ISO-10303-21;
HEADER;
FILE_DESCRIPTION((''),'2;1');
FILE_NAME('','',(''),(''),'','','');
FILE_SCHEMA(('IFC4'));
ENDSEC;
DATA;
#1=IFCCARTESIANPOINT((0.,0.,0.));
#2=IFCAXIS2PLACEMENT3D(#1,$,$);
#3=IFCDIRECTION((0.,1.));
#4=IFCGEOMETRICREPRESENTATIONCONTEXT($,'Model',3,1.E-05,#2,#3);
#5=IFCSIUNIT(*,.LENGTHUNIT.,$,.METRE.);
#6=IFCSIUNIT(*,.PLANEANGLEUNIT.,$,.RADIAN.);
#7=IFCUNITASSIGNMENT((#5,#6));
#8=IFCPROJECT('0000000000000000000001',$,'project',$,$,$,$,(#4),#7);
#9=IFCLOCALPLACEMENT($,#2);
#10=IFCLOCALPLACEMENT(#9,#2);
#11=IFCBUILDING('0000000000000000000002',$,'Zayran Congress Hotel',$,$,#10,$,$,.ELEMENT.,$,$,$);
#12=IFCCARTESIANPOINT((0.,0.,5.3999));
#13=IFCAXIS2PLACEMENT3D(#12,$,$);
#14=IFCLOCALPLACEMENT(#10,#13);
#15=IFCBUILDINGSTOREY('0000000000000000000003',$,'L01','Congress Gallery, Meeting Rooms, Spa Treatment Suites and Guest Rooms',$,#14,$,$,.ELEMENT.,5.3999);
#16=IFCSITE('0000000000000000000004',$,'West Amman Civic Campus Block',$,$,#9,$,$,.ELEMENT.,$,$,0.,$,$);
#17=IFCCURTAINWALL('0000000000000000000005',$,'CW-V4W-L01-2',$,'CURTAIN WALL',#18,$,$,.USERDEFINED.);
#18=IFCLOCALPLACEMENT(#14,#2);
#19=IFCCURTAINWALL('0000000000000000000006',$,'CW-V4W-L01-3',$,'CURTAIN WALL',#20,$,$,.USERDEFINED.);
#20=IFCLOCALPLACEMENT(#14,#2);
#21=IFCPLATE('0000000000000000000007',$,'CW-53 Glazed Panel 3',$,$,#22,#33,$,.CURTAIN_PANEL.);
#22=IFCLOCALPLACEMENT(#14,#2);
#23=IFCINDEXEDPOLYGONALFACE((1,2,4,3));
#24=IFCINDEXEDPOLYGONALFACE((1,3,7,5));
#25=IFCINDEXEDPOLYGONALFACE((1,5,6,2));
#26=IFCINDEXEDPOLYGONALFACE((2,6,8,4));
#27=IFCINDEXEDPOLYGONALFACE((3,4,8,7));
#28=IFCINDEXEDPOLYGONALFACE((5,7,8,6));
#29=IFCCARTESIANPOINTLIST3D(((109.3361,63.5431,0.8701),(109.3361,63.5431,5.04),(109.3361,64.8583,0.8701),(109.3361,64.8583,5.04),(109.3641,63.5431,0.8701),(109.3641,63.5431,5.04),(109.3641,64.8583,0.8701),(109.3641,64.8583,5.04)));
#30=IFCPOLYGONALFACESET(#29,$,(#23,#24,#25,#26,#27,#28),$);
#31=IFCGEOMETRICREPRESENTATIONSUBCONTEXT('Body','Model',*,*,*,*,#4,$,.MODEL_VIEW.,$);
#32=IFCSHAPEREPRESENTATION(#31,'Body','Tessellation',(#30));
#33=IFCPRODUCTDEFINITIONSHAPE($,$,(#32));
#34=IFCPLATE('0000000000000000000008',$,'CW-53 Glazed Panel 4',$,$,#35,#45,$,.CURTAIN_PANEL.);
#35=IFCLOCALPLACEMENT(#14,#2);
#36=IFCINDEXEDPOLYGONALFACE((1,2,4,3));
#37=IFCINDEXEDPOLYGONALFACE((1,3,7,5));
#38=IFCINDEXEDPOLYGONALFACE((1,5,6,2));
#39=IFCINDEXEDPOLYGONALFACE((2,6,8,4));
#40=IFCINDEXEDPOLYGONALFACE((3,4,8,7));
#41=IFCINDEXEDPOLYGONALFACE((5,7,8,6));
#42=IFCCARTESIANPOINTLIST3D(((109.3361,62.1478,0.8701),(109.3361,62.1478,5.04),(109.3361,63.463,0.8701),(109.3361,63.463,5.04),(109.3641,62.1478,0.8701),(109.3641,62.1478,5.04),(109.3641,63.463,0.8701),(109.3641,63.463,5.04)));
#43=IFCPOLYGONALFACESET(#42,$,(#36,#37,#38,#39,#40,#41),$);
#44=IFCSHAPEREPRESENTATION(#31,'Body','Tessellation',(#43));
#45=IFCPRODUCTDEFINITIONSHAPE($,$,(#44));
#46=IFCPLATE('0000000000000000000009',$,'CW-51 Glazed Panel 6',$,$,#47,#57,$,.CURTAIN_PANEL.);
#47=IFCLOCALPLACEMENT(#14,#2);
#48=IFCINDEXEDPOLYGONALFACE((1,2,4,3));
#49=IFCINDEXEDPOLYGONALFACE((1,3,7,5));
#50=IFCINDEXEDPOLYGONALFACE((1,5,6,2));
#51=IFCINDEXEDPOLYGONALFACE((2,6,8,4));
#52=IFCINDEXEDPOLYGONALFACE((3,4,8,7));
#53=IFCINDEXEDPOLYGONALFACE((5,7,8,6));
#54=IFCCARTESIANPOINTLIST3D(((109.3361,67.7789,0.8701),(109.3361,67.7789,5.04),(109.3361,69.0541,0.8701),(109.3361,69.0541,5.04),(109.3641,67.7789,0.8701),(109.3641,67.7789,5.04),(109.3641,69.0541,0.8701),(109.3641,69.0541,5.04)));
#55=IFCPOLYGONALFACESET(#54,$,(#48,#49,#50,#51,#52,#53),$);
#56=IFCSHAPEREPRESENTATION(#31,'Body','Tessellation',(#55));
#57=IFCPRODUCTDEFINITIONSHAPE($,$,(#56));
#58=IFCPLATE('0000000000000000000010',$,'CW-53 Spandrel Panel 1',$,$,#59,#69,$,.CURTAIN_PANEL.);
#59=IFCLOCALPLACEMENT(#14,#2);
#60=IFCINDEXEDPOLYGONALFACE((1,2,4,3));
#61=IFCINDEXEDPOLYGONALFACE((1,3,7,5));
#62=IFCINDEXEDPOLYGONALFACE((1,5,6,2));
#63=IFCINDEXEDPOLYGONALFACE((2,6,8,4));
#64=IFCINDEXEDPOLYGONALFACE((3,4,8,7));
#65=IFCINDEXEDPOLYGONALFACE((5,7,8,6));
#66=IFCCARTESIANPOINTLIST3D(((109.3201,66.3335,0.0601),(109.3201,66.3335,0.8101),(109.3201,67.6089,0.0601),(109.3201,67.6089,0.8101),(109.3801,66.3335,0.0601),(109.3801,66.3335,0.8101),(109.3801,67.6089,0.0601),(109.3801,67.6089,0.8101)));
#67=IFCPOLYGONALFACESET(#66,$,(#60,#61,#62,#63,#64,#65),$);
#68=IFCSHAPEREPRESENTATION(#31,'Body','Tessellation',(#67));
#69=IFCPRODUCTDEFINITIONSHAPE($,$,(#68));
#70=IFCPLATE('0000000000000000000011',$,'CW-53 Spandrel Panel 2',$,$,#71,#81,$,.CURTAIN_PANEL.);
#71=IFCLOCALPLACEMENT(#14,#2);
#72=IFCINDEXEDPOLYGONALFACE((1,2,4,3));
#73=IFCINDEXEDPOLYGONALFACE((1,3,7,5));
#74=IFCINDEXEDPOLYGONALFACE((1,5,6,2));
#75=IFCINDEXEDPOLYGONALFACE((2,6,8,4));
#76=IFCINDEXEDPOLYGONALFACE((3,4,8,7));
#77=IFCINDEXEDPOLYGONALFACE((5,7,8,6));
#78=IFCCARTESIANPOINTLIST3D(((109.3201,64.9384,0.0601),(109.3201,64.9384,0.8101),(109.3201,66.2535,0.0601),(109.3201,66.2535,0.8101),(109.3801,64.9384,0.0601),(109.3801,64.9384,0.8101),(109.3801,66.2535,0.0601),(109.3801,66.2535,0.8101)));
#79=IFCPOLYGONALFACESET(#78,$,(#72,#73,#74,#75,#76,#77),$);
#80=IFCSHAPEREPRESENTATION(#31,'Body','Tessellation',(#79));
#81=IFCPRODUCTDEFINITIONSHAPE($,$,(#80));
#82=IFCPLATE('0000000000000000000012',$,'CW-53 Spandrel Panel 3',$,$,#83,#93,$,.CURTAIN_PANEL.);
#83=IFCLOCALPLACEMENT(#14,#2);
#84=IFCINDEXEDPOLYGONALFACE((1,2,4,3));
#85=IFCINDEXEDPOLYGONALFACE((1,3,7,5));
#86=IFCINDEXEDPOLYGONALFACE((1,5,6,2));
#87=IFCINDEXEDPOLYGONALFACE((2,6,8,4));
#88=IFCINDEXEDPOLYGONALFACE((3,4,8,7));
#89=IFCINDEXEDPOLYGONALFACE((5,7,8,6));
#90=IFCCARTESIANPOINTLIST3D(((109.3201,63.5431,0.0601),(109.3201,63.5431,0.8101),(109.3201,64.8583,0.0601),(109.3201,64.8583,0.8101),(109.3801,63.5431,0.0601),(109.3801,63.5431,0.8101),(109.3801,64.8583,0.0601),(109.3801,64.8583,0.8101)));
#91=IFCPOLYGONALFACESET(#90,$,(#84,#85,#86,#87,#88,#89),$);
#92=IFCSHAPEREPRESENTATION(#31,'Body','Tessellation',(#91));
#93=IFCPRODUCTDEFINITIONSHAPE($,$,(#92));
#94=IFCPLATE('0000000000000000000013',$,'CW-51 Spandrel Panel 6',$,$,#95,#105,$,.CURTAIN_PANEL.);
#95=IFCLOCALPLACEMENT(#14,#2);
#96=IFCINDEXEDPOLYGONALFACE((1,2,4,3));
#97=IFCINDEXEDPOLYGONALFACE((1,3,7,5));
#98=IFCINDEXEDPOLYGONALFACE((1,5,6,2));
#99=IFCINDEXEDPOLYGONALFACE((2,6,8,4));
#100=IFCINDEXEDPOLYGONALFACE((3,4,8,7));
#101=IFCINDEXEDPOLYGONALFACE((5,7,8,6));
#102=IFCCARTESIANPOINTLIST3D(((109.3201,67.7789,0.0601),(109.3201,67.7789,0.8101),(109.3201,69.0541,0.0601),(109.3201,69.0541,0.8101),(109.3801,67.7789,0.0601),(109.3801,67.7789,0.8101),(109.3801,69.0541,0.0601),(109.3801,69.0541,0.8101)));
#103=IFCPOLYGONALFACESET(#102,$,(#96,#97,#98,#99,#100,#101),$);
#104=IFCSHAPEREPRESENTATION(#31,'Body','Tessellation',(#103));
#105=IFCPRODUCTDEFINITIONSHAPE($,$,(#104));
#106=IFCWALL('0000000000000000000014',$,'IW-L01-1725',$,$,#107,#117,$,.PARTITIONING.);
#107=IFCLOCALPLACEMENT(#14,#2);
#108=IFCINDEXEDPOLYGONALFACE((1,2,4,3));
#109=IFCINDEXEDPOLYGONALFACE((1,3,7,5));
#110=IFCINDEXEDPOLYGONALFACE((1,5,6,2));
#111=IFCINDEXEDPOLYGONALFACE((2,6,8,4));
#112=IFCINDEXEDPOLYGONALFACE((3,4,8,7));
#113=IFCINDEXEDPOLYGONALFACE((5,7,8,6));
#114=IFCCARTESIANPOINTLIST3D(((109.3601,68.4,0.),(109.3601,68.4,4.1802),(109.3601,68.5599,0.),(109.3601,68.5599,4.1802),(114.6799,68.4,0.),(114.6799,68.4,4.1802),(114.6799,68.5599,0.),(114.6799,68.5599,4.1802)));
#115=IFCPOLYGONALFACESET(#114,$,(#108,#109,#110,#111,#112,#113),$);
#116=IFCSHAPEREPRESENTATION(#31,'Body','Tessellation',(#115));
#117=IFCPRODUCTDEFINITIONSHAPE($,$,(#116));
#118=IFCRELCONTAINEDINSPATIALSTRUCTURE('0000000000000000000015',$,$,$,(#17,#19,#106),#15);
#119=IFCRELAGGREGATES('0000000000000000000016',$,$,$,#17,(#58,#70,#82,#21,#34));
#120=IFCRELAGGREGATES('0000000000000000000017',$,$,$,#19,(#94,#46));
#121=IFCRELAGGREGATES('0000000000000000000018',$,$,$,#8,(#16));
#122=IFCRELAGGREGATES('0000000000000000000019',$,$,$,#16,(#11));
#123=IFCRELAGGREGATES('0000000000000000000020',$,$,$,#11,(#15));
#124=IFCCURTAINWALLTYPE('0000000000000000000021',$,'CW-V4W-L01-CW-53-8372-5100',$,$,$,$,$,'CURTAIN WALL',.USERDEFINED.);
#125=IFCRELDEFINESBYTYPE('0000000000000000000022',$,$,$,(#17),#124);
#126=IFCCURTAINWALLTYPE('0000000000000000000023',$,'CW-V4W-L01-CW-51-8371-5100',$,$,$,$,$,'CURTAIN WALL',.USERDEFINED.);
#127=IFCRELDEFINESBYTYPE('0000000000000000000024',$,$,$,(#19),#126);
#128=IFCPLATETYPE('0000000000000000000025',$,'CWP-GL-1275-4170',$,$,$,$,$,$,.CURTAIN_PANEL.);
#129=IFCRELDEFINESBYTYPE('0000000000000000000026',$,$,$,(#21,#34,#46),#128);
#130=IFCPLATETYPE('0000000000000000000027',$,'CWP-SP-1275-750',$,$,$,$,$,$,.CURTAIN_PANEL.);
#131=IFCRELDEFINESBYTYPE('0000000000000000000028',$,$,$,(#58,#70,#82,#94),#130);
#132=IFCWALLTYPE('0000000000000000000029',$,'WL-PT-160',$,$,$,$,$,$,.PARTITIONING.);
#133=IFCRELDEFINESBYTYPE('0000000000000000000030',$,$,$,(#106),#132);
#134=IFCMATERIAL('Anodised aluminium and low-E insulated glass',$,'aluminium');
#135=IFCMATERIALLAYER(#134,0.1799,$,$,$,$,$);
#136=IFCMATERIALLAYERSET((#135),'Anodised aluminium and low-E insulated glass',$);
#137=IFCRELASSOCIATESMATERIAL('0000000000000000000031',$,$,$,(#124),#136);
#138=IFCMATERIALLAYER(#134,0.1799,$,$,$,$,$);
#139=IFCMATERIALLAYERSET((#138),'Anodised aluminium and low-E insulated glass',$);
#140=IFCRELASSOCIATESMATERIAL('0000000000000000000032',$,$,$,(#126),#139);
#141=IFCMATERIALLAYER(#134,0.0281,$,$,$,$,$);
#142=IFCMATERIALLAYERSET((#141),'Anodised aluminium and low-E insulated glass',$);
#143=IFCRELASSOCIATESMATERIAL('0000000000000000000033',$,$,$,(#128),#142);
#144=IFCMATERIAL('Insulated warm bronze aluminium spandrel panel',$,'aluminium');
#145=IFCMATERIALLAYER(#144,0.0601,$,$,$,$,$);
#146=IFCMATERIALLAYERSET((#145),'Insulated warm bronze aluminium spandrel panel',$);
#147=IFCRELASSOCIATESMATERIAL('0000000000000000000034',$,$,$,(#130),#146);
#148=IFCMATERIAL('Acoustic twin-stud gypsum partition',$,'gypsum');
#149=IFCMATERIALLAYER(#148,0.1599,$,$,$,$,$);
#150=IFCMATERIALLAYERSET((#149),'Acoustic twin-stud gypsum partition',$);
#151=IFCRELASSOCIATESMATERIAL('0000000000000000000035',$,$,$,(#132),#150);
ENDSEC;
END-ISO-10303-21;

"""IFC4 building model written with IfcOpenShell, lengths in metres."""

from ifc_helpers import new_model, si_unit, direction, frame, frame_2d, origin, origin_2d, place, context, subcontext, project, spatial, rectangle, extrude, material, layer, layer_set, type_object, element, aggregate, save


model = new_model("IFC4")

# Units and contexts
model_context = context("Model", 3, precision=1e-05, world=origin(), true_north=direction((0.0, 1.0)))
body_context = subcontext(model_context, "Body", "Model", "MODEL_VIEW")
ifc_project = project(units=[si_unit("LENGTHUNIT", "METRE"), si_unit("PLANEANGLEUNIT", "RADIAN")], contexts=[model_context])

# Site, building, storey
site_placement = place(None, origin())
site = spatial("IfcSite", under=ifc_project, at=site_placement, Name="West Amman Civic Campus Block", CompositionType="ELEMENT", RefElevation=0.0)
building_placement = place(site_placement, origin())
building = spatial("IfcBuilding", under=site, at=building_placement, Name="Zayran Congress Hotel", CompositionType="ELEMENT")
storey_placement = place(building_placement, frame((0.0, 0.0, 5.3999)))
storey = spatial("IfcBuildingStorey", under=building, at=storey_placement, Name="L01", Description="Congress Gallery, Meeting Rooms, Spa Treatment Suites and Guest Rooms", CompositionType="ELEMENT", Elevation=5.3999)

# Curtain wall
ifc_material_1 = material(Name="Anodised aluminium and low-E insulated glass", Category="aluminium")
ifc_layer_1 = layer(ifc_material_1, 0.1799)
ifc_layer_set_1 = layer_set([ifc_layer_1], Name="Anodised aluminium and low-E insulated glass")
curtain_wall_type_1 = type_object("IfcCurtainWallType", Name="CW-V4W-L01-CW-53-8372-5100", ElementType="CURTAIN WALL", PredefinedType="USERDEFINED", material=ifc_layer_set_1)
curtain_wall_1_placement = place(storey_placement, origin())
curtain_wall_1 = element("IfcCurtainWall", 1, at=curtain_wall_1_placement, inside=storey, type_object=curtain_wall_type_1, Name="CW-V4W-L01-2", ObjectType="CURTAIN WALL", PredefinedType="USERDEFINED")

# Curtain wall
ifc_layer_2 = layer(ifc_material_1, 0.1799)
ifc_layer_set_2 = layer_set([ifc_layer_2], Name="Anodised aluminium and low-E insulated glass")
curtain_wall_type_2 = type_object("IfcCurtainWallType", Name="CW-V4W-L01-CW-51-8371-5100", ElementType="CURTAIN WALL", PredefinedType="USERDEFINED", material=ifc_layer_set_2)
curtain_wall_2_placement = place(storey_placement, origin())
curtain_wall_2 = element("IfcCurtainWall", 2, at=curtain_wall_2_placement, inside=storey, type_object=curtain_wall_type_2, Name="CW-V4W-L01-3", ObjectType="CURTAIN WALL", PredefinedType="USERDEFINED")

# Plates
ifc_layer_3 = layer(ifc_material_1, 0.0281)
ifc_layer_set_3 = layer_set([ifc_layer_3], Name="Anodised aluminium and low-E insulated glass")
plate_type_1 = type_object("IfcPlateType", Name="CWP-GL-1275-4170", PredefinedType="CURTAIN_PANEL", material=ifc_layer_set_3)
plate_1_placement = place(storey_placement, frame((109.3501, 64.2007, 0.8701), z_axis=(0.0, 0.0, 1.0), x_axis=(0.0, 1.0, 0.0)))
plate_1 = element("IfcPlate", 3, at=plate_1_placement, type_object=plate_type_1, Name="CW-53 Glazed Panel 3", PredefinedType="CURTAIN_PANEL", context=body_context, shape_type="SweptSolid", body=[
    extrude(rectangle(XDim=1.3152, YDim=0.0281, at=origin_2d()), origin(), (0.0, 0.0, 1.0), 4.1699),
])
plate_2_placement = place(storey_placement, frame((109.3501, 62.8054, 0.8701), z_axis=(0.0, 0.0, 1.0), x_axis=(0.0, 1.0, 0.0)))
plate_2 = element("IfcPlate", 4, at=plate_2_placement, type_object=plate_type_1, Name="CW-53 Glazed Panel 4", PredefinedType="CURTAIN_PANEL", context=body_context, shape_type="SweptSolid", body=[
    extrude(rectangle(XDim=1.3152, YDim=0.0281, at=origin_2d()), origin(), (0.0, 0.0, 1.0), 4.1699),
])
plate_3_placement = place(storey_placement, frame((109.3501, 68.4165, 0.8701), z_axis=(0.0, 0.0, 1.0), x_axis=(0.0, 1.0, 0.0)))
plate_3 = element("IfcPlate", 5, at=plate_3_placement, type_object=plate_type_1, Name="CW-51 Glazed Panel 6", PredefinedType="CURTAIN_PANEL", context=body_context, shape_type="SweptSolid", body=[
    extrude(rectangle(XDim=1.2751, YDim=0.0281, at=origin_2d()), origin(), (0.0, 0.0, 1.0), 4.1699),
])
ifc_material_2 = material(Name="Insulated warm bronze aluminium spandrel panel", Category="aluminium")
ifc_layer_4 = layer(ifc_material_2, 0.0601)
ifc_layer_set_4 = layer_set([ifc_layer_4], Name="Insulated warm bronze aluminium spandrel panel")
plate_type_2 = type_object("IfcPlateType", Name="CWP-SP-1275-750", PredefinedType="CURTAIN_PANEL", material=ifc_layer_set_4)
plate_4_placement = place(storey_placement, frame((109.3501, 66.9712, 0.0601), z_axis=(0.0, 0.0, 1.0), x_axis=(0.0, 1.0, 0.0)))
plate_4 = element("IfcPlate", 6, at=plate_4_placement, type_object=plate_type_2, Name="CW-53 Spandrel Panel 1", PredefinedType="CURTAIN_PANEL", context=body_context, shape_type="SweptSolid", body=[
    extrude(rectangle(XDim=1.2754, YDim=0.0601, at=origin_2d()), origin(), (0.0, 0.0, 1.0), 0.75),
])
plate_5_placement = place(storey_placement, frame((109.3501, 65.5959, 0.0601), z_axis=(0.0, 0.0, 1.0), x_axis=(0.0, 1.0, 0.0)))
plate_5 = element("IfcPlate", 7, at=plate_5_placement, type_object=plate_type_2, Name="CW-53 Spandrel Panel 2", PredefinedType="CURTAIN_PANEL", context=body_context, shape_type="SweptSolid", body=[
    extrude(rectangle(XDim=1.3152, YDim=0.0601, at=origin_2d()), origin(), (0.0, 0.0, 1.0), 0.75),
])
plate_6_placement = place(storey_placement, frame((109.3501, 64.2007, 0.0601), z_axis=(0.0, 0.0, 1.0), x_axis=(0.0, 1.0, 0.0)))
plate_6 = element("IfcPlate", 8, at=plate_6_placement, type_object=plate_type_2, Name="CW-53 Spandrel Panel 3", PredefinedType="CURTAIN_PANEL", context=body_context, shape_type="SweptSolid", body=[
    extrude(rectangle(XDim=1.3152, YDim=0.0601, at=origin_2d()), origin(), (0.0, 0.0, 1.0), 0.75),
])
aggregate(curtain_wall_1, [plate_4, plate_5, plate_6, plate_1, plate_2])
plate_7_placement = place(storey_placement, frame((109.3501, 68.4165, 0.0601), z_axis=(0.0, 0.0, 1.0), x_axis=(0.0, 1.0, 0.0)))
plate_7 = element("IfcPlate", 9, at=plate_7_placement, type_object=plate_type_2, Name="CW-51 Spandrel Panel 6", PredefinedType="CURTAIN_PANEL", context=body_context, shape_type="SweptSolid", body=[
    extrude(rectangle(XDim=1.2751, YDim=0.0601, at=origin_2d()), origin(), (0.0, 0.0, 1.0), 0.75),
])
aggregate(curtain_wall_2, [plate_7, plate_3])

# Wall
ifc_material_3 = material(Name="Acoustic twin-stud gypsum partition", Category="gypsum")
ifc_layer_5 = layer(ifc_material_3, 0.1599)
ifc_layer_set_5 = layer_set([ifc_layer_5], Name="Acoustic twin-stud gypsum partition")
wall_type = type_object("IfcWallType", Name="WL-PT-160", PredefinedType="PARTITIONING", material=ifc_layer_set_5)
wall_placement = place(storey_placement, frame((109.3601, 68.48, 0.0), z_axis=(0.0, 0.0, 1.0), x_axis=(1.0, 0.0, 0.0)))
element("IfcWall", 10, at=wall_placement, inside=storey, type_object=wall_type, Name="IW-L01-1725", PredefinedType="PARTITIONING", context=body_context, shape_type="SweptSolid", body=[
    extrude(rectangle(XDim=5.3198, YDim=0.1599, at=frame_2d((2.6599, 0.0))), origin(), (0.0, 0.0, 1.0), 4.1802),
])

save(model, "model.ifc")
